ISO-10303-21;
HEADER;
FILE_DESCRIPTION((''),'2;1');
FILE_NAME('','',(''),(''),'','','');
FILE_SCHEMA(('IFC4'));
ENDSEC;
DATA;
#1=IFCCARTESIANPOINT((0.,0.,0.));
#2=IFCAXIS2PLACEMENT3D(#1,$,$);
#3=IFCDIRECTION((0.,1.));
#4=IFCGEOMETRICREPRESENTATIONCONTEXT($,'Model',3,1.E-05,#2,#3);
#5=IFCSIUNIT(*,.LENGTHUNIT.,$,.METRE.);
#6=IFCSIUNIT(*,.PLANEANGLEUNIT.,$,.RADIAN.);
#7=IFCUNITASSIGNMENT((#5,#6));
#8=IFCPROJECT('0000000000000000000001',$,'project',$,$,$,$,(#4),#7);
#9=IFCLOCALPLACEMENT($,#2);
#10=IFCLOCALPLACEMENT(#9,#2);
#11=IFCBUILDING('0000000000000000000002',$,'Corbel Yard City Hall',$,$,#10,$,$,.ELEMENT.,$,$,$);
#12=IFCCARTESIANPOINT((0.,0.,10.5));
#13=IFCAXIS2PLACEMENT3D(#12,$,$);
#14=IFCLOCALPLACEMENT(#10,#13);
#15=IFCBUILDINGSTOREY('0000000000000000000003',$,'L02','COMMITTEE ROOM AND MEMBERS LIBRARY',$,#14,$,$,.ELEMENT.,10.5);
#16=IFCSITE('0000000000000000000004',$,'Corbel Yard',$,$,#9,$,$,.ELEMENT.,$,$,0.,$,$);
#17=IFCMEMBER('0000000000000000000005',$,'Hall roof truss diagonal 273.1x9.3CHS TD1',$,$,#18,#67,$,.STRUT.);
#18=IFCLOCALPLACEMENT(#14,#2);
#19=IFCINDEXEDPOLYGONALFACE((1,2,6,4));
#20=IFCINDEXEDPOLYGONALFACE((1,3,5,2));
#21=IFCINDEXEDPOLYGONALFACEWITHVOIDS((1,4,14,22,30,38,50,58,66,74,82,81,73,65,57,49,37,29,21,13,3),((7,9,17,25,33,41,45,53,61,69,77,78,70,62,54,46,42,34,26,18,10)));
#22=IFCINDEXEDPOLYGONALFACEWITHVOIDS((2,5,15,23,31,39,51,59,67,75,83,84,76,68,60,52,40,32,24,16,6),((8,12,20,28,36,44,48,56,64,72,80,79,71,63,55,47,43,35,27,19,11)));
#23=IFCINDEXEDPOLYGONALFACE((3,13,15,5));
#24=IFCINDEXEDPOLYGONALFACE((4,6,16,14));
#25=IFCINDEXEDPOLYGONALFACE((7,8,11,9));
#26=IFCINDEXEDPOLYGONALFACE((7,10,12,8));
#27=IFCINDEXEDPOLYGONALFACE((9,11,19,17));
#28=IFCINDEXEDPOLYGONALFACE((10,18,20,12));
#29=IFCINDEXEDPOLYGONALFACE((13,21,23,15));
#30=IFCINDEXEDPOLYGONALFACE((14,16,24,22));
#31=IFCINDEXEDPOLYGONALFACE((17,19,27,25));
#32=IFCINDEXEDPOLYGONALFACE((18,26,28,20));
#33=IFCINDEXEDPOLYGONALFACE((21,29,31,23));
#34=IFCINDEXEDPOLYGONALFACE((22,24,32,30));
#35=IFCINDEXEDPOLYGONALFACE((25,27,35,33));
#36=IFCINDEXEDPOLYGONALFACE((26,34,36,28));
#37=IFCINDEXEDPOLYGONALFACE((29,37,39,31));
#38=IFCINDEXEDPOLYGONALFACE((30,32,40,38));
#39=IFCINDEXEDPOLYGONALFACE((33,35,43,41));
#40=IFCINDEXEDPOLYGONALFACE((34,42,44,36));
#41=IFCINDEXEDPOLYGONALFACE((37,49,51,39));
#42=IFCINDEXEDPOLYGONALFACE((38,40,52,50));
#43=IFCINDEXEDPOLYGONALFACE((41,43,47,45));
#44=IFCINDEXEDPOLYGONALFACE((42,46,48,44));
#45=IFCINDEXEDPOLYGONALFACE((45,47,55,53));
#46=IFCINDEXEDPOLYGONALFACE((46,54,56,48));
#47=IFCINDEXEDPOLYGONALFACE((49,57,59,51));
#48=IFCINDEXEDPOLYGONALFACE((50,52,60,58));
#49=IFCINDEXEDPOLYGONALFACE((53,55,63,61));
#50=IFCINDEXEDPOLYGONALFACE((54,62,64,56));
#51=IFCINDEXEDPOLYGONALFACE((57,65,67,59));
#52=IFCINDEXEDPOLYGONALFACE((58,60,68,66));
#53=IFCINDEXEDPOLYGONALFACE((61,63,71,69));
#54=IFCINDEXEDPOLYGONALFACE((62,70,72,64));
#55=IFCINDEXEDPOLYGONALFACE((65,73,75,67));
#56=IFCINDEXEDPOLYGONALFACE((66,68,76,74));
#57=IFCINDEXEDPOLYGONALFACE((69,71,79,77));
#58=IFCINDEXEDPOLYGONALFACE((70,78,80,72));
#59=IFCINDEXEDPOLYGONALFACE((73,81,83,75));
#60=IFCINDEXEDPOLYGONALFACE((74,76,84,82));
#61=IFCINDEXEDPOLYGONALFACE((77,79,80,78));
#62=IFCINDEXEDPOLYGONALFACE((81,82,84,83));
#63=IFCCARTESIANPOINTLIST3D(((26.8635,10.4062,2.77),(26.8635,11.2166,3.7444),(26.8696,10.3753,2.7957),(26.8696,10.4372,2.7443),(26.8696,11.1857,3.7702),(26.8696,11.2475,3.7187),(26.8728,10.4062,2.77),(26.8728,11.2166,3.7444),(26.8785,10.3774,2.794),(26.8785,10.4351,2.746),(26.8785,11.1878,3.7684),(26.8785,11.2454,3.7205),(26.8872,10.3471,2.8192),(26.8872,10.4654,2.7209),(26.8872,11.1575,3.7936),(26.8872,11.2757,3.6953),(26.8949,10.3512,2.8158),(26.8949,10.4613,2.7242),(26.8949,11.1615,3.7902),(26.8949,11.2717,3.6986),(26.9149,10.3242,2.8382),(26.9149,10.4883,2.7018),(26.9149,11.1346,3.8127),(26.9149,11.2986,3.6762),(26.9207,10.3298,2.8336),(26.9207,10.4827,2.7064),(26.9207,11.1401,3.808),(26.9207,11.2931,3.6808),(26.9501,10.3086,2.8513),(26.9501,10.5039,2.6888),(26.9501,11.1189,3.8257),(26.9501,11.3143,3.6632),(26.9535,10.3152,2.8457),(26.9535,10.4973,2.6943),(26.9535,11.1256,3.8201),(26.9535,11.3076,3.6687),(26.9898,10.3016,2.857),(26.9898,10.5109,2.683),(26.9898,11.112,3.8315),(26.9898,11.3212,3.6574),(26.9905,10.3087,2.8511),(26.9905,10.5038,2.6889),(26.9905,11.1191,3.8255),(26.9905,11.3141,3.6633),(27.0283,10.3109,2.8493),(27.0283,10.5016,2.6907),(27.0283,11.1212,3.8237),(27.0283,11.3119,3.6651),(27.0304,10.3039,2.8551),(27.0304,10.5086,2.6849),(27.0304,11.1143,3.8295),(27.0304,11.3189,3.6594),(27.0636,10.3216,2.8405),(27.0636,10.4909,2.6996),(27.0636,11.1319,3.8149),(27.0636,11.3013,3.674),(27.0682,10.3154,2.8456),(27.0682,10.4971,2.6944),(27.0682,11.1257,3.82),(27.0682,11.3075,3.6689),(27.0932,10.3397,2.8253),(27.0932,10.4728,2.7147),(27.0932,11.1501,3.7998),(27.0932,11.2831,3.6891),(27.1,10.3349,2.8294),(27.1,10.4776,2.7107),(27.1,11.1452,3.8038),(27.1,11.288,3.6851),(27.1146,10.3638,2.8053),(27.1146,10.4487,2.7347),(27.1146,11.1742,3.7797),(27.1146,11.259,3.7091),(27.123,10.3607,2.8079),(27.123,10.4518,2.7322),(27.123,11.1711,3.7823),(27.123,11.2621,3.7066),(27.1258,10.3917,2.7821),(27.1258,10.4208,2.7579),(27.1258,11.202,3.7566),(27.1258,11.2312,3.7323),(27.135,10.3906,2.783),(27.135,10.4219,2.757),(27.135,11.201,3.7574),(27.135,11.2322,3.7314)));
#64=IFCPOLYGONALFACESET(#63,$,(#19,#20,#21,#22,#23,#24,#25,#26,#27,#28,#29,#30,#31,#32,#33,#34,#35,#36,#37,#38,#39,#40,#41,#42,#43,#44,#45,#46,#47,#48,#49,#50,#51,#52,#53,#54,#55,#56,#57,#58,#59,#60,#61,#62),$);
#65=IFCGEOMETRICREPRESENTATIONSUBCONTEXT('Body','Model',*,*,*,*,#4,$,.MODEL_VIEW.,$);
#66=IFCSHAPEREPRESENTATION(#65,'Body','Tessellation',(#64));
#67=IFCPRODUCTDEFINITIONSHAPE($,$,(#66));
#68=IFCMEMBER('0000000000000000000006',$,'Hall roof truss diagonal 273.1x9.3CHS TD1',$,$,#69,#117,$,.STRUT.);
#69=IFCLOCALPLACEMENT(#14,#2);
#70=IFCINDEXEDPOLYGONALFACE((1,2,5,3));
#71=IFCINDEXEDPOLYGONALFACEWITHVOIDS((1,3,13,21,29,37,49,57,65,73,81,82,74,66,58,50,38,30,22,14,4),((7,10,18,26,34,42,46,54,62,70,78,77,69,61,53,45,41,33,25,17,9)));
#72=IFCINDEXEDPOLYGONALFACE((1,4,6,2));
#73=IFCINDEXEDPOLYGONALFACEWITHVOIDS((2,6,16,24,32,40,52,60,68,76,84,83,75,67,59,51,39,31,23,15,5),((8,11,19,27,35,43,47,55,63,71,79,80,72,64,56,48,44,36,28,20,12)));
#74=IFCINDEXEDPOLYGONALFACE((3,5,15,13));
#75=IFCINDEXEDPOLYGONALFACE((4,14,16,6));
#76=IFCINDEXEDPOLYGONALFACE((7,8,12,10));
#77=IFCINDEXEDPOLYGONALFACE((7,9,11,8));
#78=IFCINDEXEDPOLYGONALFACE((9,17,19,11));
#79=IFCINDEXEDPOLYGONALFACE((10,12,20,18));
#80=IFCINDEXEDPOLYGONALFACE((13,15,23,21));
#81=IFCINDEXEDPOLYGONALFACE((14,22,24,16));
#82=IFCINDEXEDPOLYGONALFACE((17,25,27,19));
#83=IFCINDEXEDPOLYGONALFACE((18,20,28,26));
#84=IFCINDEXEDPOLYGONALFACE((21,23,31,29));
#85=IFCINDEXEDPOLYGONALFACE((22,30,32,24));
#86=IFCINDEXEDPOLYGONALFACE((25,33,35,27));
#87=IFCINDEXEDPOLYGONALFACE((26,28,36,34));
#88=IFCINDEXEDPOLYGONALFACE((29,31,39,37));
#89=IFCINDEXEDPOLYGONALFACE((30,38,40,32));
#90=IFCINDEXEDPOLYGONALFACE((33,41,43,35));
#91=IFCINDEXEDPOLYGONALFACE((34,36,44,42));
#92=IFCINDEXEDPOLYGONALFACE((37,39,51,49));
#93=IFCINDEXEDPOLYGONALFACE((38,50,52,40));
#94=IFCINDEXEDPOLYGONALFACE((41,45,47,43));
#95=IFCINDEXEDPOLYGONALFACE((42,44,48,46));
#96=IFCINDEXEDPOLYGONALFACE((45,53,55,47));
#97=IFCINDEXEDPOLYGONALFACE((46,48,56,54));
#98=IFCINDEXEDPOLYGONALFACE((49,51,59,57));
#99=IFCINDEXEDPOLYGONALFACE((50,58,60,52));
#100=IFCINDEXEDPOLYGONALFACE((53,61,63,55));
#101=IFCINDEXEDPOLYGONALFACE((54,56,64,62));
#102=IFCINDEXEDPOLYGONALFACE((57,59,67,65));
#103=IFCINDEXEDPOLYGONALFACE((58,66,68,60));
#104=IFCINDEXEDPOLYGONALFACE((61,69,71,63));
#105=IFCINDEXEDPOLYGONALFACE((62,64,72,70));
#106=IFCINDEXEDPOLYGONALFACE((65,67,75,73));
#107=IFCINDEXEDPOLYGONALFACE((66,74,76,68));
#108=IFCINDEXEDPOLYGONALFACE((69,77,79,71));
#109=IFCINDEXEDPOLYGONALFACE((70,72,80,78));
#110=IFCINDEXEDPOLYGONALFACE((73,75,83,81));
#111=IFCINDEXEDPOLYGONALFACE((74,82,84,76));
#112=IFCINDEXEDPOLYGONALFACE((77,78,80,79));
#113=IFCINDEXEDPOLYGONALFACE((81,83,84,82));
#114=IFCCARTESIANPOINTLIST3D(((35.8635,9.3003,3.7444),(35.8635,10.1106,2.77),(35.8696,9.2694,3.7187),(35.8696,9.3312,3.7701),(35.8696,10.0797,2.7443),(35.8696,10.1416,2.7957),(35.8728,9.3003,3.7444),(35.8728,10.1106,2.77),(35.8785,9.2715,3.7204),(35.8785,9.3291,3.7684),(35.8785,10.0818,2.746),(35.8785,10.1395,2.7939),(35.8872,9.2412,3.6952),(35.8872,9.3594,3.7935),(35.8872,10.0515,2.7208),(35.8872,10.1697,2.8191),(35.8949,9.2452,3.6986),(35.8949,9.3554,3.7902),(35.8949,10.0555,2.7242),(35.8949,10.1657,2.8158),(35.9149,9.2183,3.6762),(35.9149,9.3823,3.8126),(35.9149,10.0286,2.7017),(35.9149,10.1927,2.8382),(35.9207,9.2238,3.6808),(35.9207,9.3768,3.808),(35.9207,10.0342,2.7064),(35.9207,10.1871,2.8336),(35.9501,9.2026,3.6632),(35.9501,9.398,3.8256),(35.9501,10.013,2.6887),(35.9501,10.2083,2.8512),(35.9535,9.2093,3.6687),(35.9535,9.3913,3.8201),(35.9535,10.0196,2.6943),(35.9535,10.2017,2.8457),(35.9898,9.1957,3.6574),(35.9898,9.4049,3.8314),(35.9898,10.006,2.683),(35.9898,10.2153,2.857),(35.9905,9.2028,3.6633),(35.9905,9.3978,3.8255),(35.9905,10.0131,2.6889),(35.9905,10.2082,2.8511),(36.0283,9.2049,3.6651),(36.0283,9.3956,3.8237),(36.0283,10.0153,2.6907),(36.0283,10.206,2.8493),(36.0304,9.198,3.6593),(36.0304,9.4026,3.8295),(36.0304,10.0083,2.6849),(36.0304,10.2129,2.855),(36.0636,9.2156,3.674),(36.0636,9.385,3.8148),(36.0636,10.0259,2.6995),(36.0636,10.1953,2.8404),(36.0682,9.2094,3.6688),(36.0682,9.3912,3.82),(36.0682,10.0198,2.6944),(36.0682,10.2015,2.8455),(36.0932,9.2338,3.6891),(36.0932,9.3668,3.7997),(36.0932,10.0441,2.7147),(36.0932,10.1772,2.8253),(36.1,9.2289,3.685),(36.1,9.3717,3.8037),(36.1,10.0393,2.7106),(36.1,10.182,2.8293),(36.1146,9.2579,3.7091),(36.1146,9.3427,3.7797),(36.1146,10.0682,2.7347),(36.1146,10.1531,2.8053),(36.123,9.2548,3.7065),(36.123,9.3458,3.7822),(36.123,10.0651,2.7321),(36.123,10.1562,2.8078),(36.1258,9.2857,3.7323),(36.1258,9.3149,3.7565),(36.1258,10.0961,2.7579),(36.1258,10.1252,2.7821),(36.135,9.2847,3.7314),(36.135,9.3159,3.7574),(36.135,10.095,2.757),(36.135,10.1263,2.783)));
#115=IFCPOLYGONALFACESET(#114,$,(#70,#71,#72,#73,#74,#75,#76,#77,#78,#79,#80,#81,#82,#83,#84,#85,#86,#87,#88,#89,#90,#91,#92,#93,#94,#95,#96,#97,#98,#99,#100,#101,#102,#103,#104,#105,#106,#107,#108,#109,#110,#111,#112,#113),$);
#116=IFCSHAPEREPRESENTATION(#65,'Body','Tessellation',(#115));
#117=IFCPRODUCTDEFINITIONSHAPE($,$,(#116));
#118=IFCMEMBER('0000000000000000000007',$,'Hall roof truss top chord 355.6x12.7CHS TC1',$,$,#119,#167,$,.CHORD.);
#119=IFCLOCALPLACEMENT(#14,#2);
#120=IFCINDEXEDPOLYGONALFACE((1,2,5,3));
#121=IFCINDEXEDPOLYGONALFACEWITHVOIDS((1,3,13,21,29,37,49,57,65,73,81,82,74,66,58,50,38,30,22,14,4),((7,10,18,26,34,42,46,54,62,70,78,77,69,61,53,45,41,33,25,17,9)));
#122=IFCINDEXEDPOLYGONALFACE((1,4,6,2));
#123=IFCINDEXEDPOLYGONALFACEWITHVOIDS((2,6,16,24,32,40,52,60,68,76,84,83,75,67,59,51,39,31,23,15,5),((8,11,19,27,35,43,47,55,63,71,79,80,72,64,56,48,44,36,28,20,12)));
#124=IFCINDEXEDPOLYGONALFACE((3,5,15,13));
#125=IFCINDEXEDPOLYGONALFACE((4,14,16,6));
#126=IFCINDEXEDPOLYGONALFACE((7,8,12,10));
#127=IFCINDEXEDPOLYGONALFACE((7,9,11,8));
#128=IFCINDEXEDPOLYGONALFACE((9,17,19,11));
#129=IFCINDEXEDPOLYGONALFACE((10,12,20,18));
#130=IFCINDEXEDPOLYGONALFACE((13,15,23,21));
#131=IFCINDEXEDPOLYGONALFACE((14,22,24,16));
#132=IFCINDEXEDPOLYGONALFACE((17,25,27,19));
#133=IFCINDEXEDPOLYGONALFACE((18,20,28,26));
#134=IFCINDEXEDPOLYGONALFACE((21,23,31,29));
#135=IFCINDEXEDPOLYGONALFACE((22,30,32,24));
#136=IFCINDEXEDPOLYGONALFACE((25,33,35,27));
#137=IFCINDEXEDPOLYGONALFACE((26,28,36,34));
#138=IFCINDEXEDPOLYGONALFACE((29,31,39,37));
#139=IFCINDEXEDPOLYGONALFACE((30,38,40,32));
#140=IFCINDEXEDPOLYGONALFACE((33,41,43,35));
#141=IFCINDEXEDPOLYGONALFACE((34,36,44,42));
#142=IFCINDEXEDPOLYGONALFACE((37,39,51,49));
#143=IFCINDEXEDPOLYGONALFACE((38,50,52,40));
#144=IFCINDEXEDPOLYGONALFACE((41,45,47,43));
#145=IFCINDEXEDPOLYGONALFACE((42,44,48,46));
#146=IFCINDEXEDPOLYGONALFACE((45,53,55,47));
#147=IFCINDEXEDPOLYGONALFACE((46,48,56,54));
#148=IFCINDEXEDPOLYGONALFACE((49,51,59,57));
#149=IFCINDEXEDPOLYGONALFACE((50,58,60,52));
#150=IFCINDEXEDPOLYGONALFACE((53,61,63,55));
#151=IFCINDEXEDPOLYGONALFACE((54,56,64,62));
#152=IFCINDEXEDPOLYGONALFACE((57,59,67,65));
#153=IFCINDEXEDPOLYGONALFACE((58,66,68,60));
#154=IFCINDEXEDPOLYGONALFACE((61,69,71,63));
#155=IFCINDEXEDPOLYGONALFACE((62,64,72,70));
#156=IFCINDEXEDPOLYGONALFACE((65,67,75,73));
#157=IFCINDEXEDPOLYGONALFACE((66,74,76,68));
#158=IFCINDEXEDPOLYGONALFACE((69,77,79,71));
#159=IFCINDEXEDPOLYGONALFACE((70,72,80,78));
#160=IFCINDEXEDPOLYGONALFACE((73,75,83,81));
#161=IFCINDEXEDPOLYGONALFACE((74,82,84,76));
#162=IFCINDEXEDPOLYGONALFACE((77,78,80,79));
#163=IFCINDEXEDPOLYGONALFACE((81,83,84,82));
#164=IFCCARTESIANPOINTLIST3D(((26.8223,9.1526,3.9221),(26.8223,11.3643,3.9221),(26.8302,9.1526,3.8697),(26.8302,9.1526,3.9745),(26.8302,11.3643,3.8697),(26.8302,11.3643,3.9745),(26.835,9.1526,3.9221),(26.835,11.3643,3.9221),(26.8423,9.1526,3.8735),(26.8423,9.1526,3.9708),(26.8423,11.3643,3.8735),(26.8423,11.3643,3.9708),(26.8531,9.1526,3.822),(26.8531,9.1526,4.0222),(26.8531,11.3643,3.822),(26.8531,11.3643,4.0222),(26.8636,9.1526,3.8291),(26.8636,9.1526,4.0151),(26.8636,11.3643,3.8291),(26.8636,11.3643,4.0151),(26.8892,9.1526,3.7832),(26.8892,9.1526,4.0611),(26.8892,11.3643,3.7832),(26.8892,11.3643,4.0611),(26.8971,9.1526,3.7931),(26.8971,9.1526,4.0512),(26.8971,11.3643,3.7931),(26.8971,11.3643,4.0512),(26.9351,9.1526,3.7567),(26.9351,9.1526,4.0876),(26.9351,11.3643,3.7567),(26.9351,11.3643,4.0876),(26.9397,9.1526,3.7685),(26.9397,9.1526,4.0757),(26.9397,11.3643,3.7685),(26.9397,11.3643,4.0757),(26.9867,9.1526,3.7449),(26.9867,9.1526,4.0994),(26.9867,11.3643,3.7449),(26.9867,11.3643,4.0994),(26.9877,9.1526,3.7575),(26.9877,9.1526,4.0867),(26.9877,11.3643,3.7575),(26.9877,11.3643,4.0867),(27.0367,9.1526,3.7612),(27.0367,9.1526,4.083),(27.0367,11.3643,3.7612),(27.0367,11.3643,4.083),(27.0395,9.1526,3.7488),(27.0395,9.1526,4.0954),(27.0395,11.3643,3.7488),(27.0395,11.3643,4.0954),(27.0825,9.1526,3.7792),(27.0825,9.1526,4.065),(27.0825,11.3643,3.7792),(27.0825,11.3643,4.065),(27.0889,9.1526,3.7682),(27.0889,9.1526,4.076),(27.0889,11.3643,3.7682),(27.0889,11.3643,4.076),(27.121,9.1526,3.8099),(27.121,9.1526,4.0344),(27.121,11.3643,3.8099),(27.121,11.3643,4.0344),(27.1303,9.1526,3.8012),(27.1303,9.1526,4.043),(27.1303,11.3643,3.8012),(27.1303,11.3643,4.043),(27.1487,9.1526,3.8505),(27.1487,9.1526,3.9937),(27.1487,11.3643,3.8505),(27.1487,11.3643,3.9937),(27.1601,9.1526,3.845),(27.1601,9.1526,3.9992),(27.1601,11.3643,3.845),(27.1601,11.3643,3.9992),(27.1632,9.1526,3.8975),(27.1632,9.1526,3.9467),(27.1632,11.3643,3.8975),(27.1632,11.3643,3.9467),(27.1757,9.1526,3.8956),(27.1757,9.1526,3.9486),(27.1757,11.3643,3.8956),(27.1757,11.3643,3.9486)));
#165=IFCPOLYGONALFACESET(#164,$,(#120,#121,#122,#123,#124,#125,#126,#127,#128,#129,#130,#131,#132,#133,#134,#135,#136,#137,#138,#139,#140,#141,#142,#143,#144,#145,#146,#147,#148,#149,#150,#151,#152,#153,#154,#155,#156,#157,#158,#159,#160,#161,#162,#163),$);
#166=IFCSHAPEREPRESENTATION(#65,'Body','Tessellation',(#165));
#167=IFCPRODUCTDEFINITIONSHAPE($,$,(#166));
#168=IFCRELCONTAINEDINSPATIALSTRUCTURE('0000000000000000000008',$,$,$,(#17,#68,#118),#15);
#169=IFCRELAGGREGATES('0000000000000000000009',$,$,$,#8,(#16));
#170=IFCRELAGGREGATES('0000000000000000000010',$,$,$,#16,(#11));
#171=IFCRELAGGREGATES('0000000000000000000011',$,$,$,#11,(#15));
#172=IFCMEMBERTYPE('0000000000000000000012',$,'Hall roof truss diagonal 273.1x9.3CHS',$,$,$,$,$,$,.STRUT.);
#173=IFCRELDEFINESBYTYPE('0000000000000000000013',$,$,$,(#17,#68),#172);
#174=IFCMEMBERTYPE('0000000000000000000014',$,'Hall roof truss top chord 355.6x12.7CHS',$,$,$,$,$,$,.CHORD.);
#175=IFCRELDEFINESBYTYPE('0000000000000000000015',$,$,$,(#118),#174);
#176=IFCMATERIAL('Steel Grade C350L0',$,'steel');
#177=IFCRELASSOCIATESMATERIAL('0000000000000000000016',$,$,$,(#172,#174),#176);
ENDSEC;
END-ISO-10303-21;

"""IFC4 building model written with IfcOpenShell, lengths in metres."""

from ifc_helpers import new_model, si_unit, direction, frame, origin, origin_2d, place, context, subcontext, project, spatial, hollow_circle, extrude, material, material_profile, profile_set, type_object, element, save


model = new_model("IFC4")

# Units and contexts
model_context = context("Model", 3, precision=1e-05, world=origin(), true_north=direction((0.0, 1.0)))
body_context = subcontext(model_context, "Body", "Model", "MODEL_VIEW")
ifc_project = project(units=[si_unit("LENGTHUNIT", "METRE"), si_unit("PLANEANGLEUNIT", "RADIAN")], contexts=[model_context])

# Site, building, storey
site_placement = place(None, origin())
site = spatial("IfcSite", under=ifc_project, at=site_placement, Name="Corbel Yard", CompositionType="ELEMENT", RefElevation=0.0)
building_placement = place(site_placement, origin())
building = spatial("IfcBuilding", under=site, at=building_placement, Name="Corbel Yard City Hall", CompositionType="ELEMENT")
storey_placement = place(building_placement, frame((0.0, 0.0, 10.5)))
storey = spatial("IfcBuildingStorey", under=building, at=storey_placement, Name="L02", Description="COMMITTEE ROOM AND MEMBERS LIBRARY", CompositionType="ELEMENT", Elevation=10.5)

# Shared definitions
ifc_material_1 = material(Name="Steel Grade C350L0", Category="steel")

# Members
ifc_material_profile_1 = material_profile(ifc_material_1, hollow_circle(Radius=0.1365, WallThickness=0.0093, at=origin_2d()), Name="273.1x9.3CHS")
ifc_profile_set_1 = profile_set([ifc_material_profile_1], Name="Steel Grade C350L0")
member_type_1 = type_object("IfcMemberType", Name="Hall roof truss diagonal 273.1x9.3CHS", PredefinedType="STRUT", material=ifc_profile_set_1)
for number, where, z_axis, x_axis, name in (
    (1, (27.0, 10.4062, 2.77), (0.0, 0.639407, 0.768868), (-1.0, 0.0, 0.0), "Hall roof truss diagonal 273.1x9.3CHS TD1"),
    (2, (36.0, 9.3003, 3.7444), (0.0, 0.639407, -0.768868), (-1.0, 0.0, 0.0), "Hall roof truss diagonal 273.1x9.3CHS TD1"),
):
    element("IfcMember", number, at=place(storey_placement, frame(where, z_axis=z_axis, x_axis=x_axis)), inside=storey, type_object=member_type_1, Name=name, PredefinedType="STRUT", context=body_context, shape_type="SweptSolid", body=[
        extrude(hollow_circle(Radius=0.1365, WallThickness=0.0093, at=origin_2d()), origin(), (0.0, 0.0, 1.0), 1.2673),
    ])
ifc_material_profile_2 = material_profile(ifc_material_1, hollow_circle(Radius=0.1777, WallThickness=0.0127, at=origin_2d()), Name="355.6x12.7CHS")
ifc_profile_set_2 = profile_set([ifc_material_profile_2], Name="Steel Grade C350L0")
member_type_2 = type_object("IfcMemberType", Name="Hall roof truss top chord 355.6x12.7CHS", PredefinedType="CHORD", material=ifc_profile_set_2)
member_1_placement = place(storey_placement, frame((27.0, 9.1526, 3.9221), z_axis=(0.0, 1.0, 0.0), x_axis=(-1.0, 0.0, 0.0)))
element("IfcMember", 3, at=member_1_placement, inside=storey, type_object=member_type_2, Name="Hall roof truss top chord 355.6x12.7CHS TC1", PredefinedType="CHORD", context=body_context, shape_type="SweptSolid", body=[
    extrude(hollow_circle(Radius=0.1777, WallThickness=0.0127, at=origin_2d()), origin(), (0.0, 0.0, 1.0), 2.2117),
])

save(model, "model.ifc")
